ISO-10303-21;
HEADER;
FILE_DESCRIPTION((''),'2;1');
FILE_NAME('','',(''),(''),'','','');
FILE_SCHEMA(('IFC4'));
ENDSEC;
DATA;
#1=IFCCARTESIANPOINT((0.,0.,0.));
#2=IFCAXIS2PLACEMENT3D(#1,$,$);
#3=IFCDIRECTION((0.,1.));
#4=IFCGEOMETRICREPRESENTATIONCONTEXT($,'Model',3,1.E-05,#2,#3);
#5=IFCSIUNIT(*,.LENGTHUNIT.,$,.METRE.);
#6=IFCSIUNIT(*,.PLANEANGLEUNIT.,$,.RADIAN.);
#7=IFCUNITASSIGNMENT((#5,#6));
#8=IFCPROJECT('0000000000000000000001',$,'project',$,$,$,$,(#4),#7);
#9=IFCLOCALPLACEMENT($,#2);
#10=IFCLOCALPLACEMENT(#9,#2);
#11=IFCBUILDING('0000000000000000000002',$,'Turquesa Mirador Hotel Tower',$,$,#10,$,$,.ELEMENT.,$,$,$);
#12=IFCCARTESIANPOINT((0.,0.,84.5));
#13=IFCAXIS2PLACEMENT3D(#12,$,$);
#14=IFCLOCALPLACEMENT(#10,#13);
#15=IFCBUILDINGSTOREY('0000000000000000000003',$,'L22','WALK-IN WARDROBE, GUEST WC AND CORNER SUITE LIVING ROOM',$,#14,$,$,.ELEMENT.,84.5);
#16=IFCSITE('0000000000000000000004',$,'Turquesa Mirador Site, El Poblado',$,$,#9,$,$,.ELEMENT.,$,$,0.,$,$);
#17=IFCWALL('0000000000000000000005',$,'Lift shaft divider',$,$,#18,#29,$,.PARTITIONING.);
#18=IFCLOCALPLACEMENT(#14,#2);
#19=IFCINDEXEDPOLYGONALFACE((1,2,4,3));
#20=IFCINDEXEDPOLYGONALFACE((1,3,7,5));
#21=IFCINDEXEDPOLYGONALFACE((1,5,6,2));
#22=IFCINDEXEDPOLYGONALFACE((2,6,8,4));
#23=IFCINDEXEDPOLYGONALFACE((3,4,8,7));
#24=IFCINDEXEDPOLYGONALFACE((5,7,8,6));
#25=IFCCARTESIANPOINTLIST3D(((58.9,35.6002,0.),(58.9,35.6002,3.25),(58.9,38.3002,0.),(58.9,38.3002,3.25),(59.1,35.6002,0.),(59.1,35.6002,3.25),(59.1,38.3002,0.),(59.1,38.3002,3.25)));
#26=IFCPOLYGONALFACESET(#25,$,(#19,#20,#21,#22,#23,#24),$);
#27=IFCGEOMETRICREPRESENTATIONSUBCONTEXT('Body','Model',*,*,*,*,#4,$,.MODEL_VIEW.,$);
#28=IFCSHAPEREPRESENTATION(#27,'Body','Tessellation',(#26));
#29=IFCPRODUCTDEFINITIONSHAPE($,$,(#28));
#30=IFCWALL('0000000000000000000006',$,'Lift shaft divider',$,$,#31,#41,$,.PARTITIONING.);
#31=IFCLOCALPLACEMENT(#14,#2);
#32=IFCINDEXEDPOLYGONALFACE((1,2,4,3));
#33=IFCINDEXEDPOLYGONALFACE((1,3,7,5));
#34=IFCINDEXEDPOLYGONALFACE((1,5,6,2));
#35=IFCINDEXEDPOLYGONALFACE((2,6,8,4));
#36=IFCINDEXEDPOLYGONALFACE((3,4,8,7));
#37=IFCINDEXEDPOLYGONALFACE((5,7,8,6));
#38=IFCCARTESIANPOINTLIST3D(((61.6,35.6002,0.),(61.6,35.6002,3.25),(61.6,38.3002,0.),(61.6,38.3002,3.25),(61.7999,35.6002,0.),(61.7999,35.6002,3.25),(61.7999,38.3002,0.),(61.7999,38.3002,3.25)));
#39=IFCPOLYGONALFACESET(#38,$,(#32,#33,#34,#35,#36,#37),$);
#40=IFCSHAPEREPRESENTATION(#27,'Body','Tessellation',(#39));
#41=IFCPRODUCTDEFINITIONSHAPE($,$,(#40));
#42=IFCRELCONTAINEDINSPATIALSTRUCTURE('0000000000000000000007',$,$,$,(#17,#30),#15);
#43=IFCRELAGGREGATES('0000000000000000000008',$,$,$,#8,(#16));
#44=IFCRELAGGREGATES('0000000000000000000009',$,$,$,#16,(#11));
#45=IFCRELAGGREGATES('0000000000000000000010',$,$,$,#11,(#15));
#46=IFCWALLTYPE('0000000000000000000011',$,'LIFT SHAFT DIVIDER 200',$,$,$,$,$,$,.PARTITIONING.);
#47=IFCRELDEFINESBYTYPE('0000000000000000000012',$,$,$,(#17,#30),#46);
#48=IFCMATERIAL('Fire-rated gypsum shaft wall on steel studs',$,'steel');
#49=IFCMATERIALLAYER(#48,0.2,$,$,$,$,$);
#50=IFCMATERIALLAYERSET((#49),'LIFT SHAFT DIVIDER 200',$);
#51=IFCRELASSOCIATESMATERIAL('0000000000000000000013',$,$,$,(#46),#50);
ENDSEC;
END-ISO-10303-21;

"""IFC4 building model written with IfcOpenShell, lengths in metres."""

from ifc_helpers import new_model, si_unit, direction, frame, frame_2d, origin, place, context, subcontext, project, spatial, rectangle, extrude, material, layer, layer_set, type_object, element, save


model = new_model("IFC4")

# Units and contexts
model_context = context("Model", 3, precision=1e-05, world=origin(), true_north=direction((0.0, 1.0)))
body_context = subcontext(model_context, "Body", "Model", "MODEL_VIEW")
ifc_project = project(units=[si_unit("LENGTHUNIT", "METRE"), si_unit("PLANEANGLEUNIT", "RADIAN")], contexts=[model_context])

# Site, building, storey
site_placement = place(None, origin())
site = spatial("IfcSite", under=ifc_project, at=site_placement, Name="Turquesa Mirador Site, El Poblado", CompositionType="ELEMENT", RefElevation=0.0)
building_placement = place(site_placement, origin())
building = spatial("IfcBuilding", under=site, at=building_placement, Name="Turquesa Mirador Hotel Tower", CompositionType="ELEMENT")
storey_placement = place(building_placement, frame((0.0, 0.0, 84.5)))
storey = spatial("IfcBuildingStorey", under=building, at=storey_placement, Name="L22", Description="WALK-IN WARDROBE, GUEST WC AND CORNER SUITE LIVING ROOM", CompositionType="ELEMENT", Elevation=84.5)

# Walls
ifc_material_1 = material(Name="Fire-rated gypsum shaft wall on steel studs", Category="steel")
ifc_layer_1 = layer(ifc_material_1, 0.2)
ifc_layer_set_1 = layer_set([ifc_layer_1], Name="LIFT SHAFT DIVIDER 200")
wall_type_1 = type_object("IfcWallType", Name="LIFT SHAFT DIVIDER 200", PredefinedType="PARTITIONING", material=ifc_layer_set_1)
for number, where, z_axis, x_axis, name in (
    (1, (59.0, 35.6001, 0.0), (0.0, 0.0, 1.0), (0.0, 1.0, 0.0), "Lift shaft divider"),
    (2, (61.7, 35.6001, 0.0), (0.0, 0.0, 1.0), (0.0, 1.0, 0.0), "Lift shaft divider"),
):
    element("IfcWall", number, at=place(storey_placement, frame(where, z_axis=z_axis, x_axis=x_axis)), inside=storey, type_object=wall_type_1, Name=name, PredefinedType="PARTITIONING", context=body_context, shape_type="SweptSolid", body=[
        extrude(rectangle(XDim=2.7, YDim=0.2, at=frame_2d((1.3501, 0.0))), origin(), (0.0, 0.0, 1.0), 3.25),
    ])

save(model, "model.ifc")
